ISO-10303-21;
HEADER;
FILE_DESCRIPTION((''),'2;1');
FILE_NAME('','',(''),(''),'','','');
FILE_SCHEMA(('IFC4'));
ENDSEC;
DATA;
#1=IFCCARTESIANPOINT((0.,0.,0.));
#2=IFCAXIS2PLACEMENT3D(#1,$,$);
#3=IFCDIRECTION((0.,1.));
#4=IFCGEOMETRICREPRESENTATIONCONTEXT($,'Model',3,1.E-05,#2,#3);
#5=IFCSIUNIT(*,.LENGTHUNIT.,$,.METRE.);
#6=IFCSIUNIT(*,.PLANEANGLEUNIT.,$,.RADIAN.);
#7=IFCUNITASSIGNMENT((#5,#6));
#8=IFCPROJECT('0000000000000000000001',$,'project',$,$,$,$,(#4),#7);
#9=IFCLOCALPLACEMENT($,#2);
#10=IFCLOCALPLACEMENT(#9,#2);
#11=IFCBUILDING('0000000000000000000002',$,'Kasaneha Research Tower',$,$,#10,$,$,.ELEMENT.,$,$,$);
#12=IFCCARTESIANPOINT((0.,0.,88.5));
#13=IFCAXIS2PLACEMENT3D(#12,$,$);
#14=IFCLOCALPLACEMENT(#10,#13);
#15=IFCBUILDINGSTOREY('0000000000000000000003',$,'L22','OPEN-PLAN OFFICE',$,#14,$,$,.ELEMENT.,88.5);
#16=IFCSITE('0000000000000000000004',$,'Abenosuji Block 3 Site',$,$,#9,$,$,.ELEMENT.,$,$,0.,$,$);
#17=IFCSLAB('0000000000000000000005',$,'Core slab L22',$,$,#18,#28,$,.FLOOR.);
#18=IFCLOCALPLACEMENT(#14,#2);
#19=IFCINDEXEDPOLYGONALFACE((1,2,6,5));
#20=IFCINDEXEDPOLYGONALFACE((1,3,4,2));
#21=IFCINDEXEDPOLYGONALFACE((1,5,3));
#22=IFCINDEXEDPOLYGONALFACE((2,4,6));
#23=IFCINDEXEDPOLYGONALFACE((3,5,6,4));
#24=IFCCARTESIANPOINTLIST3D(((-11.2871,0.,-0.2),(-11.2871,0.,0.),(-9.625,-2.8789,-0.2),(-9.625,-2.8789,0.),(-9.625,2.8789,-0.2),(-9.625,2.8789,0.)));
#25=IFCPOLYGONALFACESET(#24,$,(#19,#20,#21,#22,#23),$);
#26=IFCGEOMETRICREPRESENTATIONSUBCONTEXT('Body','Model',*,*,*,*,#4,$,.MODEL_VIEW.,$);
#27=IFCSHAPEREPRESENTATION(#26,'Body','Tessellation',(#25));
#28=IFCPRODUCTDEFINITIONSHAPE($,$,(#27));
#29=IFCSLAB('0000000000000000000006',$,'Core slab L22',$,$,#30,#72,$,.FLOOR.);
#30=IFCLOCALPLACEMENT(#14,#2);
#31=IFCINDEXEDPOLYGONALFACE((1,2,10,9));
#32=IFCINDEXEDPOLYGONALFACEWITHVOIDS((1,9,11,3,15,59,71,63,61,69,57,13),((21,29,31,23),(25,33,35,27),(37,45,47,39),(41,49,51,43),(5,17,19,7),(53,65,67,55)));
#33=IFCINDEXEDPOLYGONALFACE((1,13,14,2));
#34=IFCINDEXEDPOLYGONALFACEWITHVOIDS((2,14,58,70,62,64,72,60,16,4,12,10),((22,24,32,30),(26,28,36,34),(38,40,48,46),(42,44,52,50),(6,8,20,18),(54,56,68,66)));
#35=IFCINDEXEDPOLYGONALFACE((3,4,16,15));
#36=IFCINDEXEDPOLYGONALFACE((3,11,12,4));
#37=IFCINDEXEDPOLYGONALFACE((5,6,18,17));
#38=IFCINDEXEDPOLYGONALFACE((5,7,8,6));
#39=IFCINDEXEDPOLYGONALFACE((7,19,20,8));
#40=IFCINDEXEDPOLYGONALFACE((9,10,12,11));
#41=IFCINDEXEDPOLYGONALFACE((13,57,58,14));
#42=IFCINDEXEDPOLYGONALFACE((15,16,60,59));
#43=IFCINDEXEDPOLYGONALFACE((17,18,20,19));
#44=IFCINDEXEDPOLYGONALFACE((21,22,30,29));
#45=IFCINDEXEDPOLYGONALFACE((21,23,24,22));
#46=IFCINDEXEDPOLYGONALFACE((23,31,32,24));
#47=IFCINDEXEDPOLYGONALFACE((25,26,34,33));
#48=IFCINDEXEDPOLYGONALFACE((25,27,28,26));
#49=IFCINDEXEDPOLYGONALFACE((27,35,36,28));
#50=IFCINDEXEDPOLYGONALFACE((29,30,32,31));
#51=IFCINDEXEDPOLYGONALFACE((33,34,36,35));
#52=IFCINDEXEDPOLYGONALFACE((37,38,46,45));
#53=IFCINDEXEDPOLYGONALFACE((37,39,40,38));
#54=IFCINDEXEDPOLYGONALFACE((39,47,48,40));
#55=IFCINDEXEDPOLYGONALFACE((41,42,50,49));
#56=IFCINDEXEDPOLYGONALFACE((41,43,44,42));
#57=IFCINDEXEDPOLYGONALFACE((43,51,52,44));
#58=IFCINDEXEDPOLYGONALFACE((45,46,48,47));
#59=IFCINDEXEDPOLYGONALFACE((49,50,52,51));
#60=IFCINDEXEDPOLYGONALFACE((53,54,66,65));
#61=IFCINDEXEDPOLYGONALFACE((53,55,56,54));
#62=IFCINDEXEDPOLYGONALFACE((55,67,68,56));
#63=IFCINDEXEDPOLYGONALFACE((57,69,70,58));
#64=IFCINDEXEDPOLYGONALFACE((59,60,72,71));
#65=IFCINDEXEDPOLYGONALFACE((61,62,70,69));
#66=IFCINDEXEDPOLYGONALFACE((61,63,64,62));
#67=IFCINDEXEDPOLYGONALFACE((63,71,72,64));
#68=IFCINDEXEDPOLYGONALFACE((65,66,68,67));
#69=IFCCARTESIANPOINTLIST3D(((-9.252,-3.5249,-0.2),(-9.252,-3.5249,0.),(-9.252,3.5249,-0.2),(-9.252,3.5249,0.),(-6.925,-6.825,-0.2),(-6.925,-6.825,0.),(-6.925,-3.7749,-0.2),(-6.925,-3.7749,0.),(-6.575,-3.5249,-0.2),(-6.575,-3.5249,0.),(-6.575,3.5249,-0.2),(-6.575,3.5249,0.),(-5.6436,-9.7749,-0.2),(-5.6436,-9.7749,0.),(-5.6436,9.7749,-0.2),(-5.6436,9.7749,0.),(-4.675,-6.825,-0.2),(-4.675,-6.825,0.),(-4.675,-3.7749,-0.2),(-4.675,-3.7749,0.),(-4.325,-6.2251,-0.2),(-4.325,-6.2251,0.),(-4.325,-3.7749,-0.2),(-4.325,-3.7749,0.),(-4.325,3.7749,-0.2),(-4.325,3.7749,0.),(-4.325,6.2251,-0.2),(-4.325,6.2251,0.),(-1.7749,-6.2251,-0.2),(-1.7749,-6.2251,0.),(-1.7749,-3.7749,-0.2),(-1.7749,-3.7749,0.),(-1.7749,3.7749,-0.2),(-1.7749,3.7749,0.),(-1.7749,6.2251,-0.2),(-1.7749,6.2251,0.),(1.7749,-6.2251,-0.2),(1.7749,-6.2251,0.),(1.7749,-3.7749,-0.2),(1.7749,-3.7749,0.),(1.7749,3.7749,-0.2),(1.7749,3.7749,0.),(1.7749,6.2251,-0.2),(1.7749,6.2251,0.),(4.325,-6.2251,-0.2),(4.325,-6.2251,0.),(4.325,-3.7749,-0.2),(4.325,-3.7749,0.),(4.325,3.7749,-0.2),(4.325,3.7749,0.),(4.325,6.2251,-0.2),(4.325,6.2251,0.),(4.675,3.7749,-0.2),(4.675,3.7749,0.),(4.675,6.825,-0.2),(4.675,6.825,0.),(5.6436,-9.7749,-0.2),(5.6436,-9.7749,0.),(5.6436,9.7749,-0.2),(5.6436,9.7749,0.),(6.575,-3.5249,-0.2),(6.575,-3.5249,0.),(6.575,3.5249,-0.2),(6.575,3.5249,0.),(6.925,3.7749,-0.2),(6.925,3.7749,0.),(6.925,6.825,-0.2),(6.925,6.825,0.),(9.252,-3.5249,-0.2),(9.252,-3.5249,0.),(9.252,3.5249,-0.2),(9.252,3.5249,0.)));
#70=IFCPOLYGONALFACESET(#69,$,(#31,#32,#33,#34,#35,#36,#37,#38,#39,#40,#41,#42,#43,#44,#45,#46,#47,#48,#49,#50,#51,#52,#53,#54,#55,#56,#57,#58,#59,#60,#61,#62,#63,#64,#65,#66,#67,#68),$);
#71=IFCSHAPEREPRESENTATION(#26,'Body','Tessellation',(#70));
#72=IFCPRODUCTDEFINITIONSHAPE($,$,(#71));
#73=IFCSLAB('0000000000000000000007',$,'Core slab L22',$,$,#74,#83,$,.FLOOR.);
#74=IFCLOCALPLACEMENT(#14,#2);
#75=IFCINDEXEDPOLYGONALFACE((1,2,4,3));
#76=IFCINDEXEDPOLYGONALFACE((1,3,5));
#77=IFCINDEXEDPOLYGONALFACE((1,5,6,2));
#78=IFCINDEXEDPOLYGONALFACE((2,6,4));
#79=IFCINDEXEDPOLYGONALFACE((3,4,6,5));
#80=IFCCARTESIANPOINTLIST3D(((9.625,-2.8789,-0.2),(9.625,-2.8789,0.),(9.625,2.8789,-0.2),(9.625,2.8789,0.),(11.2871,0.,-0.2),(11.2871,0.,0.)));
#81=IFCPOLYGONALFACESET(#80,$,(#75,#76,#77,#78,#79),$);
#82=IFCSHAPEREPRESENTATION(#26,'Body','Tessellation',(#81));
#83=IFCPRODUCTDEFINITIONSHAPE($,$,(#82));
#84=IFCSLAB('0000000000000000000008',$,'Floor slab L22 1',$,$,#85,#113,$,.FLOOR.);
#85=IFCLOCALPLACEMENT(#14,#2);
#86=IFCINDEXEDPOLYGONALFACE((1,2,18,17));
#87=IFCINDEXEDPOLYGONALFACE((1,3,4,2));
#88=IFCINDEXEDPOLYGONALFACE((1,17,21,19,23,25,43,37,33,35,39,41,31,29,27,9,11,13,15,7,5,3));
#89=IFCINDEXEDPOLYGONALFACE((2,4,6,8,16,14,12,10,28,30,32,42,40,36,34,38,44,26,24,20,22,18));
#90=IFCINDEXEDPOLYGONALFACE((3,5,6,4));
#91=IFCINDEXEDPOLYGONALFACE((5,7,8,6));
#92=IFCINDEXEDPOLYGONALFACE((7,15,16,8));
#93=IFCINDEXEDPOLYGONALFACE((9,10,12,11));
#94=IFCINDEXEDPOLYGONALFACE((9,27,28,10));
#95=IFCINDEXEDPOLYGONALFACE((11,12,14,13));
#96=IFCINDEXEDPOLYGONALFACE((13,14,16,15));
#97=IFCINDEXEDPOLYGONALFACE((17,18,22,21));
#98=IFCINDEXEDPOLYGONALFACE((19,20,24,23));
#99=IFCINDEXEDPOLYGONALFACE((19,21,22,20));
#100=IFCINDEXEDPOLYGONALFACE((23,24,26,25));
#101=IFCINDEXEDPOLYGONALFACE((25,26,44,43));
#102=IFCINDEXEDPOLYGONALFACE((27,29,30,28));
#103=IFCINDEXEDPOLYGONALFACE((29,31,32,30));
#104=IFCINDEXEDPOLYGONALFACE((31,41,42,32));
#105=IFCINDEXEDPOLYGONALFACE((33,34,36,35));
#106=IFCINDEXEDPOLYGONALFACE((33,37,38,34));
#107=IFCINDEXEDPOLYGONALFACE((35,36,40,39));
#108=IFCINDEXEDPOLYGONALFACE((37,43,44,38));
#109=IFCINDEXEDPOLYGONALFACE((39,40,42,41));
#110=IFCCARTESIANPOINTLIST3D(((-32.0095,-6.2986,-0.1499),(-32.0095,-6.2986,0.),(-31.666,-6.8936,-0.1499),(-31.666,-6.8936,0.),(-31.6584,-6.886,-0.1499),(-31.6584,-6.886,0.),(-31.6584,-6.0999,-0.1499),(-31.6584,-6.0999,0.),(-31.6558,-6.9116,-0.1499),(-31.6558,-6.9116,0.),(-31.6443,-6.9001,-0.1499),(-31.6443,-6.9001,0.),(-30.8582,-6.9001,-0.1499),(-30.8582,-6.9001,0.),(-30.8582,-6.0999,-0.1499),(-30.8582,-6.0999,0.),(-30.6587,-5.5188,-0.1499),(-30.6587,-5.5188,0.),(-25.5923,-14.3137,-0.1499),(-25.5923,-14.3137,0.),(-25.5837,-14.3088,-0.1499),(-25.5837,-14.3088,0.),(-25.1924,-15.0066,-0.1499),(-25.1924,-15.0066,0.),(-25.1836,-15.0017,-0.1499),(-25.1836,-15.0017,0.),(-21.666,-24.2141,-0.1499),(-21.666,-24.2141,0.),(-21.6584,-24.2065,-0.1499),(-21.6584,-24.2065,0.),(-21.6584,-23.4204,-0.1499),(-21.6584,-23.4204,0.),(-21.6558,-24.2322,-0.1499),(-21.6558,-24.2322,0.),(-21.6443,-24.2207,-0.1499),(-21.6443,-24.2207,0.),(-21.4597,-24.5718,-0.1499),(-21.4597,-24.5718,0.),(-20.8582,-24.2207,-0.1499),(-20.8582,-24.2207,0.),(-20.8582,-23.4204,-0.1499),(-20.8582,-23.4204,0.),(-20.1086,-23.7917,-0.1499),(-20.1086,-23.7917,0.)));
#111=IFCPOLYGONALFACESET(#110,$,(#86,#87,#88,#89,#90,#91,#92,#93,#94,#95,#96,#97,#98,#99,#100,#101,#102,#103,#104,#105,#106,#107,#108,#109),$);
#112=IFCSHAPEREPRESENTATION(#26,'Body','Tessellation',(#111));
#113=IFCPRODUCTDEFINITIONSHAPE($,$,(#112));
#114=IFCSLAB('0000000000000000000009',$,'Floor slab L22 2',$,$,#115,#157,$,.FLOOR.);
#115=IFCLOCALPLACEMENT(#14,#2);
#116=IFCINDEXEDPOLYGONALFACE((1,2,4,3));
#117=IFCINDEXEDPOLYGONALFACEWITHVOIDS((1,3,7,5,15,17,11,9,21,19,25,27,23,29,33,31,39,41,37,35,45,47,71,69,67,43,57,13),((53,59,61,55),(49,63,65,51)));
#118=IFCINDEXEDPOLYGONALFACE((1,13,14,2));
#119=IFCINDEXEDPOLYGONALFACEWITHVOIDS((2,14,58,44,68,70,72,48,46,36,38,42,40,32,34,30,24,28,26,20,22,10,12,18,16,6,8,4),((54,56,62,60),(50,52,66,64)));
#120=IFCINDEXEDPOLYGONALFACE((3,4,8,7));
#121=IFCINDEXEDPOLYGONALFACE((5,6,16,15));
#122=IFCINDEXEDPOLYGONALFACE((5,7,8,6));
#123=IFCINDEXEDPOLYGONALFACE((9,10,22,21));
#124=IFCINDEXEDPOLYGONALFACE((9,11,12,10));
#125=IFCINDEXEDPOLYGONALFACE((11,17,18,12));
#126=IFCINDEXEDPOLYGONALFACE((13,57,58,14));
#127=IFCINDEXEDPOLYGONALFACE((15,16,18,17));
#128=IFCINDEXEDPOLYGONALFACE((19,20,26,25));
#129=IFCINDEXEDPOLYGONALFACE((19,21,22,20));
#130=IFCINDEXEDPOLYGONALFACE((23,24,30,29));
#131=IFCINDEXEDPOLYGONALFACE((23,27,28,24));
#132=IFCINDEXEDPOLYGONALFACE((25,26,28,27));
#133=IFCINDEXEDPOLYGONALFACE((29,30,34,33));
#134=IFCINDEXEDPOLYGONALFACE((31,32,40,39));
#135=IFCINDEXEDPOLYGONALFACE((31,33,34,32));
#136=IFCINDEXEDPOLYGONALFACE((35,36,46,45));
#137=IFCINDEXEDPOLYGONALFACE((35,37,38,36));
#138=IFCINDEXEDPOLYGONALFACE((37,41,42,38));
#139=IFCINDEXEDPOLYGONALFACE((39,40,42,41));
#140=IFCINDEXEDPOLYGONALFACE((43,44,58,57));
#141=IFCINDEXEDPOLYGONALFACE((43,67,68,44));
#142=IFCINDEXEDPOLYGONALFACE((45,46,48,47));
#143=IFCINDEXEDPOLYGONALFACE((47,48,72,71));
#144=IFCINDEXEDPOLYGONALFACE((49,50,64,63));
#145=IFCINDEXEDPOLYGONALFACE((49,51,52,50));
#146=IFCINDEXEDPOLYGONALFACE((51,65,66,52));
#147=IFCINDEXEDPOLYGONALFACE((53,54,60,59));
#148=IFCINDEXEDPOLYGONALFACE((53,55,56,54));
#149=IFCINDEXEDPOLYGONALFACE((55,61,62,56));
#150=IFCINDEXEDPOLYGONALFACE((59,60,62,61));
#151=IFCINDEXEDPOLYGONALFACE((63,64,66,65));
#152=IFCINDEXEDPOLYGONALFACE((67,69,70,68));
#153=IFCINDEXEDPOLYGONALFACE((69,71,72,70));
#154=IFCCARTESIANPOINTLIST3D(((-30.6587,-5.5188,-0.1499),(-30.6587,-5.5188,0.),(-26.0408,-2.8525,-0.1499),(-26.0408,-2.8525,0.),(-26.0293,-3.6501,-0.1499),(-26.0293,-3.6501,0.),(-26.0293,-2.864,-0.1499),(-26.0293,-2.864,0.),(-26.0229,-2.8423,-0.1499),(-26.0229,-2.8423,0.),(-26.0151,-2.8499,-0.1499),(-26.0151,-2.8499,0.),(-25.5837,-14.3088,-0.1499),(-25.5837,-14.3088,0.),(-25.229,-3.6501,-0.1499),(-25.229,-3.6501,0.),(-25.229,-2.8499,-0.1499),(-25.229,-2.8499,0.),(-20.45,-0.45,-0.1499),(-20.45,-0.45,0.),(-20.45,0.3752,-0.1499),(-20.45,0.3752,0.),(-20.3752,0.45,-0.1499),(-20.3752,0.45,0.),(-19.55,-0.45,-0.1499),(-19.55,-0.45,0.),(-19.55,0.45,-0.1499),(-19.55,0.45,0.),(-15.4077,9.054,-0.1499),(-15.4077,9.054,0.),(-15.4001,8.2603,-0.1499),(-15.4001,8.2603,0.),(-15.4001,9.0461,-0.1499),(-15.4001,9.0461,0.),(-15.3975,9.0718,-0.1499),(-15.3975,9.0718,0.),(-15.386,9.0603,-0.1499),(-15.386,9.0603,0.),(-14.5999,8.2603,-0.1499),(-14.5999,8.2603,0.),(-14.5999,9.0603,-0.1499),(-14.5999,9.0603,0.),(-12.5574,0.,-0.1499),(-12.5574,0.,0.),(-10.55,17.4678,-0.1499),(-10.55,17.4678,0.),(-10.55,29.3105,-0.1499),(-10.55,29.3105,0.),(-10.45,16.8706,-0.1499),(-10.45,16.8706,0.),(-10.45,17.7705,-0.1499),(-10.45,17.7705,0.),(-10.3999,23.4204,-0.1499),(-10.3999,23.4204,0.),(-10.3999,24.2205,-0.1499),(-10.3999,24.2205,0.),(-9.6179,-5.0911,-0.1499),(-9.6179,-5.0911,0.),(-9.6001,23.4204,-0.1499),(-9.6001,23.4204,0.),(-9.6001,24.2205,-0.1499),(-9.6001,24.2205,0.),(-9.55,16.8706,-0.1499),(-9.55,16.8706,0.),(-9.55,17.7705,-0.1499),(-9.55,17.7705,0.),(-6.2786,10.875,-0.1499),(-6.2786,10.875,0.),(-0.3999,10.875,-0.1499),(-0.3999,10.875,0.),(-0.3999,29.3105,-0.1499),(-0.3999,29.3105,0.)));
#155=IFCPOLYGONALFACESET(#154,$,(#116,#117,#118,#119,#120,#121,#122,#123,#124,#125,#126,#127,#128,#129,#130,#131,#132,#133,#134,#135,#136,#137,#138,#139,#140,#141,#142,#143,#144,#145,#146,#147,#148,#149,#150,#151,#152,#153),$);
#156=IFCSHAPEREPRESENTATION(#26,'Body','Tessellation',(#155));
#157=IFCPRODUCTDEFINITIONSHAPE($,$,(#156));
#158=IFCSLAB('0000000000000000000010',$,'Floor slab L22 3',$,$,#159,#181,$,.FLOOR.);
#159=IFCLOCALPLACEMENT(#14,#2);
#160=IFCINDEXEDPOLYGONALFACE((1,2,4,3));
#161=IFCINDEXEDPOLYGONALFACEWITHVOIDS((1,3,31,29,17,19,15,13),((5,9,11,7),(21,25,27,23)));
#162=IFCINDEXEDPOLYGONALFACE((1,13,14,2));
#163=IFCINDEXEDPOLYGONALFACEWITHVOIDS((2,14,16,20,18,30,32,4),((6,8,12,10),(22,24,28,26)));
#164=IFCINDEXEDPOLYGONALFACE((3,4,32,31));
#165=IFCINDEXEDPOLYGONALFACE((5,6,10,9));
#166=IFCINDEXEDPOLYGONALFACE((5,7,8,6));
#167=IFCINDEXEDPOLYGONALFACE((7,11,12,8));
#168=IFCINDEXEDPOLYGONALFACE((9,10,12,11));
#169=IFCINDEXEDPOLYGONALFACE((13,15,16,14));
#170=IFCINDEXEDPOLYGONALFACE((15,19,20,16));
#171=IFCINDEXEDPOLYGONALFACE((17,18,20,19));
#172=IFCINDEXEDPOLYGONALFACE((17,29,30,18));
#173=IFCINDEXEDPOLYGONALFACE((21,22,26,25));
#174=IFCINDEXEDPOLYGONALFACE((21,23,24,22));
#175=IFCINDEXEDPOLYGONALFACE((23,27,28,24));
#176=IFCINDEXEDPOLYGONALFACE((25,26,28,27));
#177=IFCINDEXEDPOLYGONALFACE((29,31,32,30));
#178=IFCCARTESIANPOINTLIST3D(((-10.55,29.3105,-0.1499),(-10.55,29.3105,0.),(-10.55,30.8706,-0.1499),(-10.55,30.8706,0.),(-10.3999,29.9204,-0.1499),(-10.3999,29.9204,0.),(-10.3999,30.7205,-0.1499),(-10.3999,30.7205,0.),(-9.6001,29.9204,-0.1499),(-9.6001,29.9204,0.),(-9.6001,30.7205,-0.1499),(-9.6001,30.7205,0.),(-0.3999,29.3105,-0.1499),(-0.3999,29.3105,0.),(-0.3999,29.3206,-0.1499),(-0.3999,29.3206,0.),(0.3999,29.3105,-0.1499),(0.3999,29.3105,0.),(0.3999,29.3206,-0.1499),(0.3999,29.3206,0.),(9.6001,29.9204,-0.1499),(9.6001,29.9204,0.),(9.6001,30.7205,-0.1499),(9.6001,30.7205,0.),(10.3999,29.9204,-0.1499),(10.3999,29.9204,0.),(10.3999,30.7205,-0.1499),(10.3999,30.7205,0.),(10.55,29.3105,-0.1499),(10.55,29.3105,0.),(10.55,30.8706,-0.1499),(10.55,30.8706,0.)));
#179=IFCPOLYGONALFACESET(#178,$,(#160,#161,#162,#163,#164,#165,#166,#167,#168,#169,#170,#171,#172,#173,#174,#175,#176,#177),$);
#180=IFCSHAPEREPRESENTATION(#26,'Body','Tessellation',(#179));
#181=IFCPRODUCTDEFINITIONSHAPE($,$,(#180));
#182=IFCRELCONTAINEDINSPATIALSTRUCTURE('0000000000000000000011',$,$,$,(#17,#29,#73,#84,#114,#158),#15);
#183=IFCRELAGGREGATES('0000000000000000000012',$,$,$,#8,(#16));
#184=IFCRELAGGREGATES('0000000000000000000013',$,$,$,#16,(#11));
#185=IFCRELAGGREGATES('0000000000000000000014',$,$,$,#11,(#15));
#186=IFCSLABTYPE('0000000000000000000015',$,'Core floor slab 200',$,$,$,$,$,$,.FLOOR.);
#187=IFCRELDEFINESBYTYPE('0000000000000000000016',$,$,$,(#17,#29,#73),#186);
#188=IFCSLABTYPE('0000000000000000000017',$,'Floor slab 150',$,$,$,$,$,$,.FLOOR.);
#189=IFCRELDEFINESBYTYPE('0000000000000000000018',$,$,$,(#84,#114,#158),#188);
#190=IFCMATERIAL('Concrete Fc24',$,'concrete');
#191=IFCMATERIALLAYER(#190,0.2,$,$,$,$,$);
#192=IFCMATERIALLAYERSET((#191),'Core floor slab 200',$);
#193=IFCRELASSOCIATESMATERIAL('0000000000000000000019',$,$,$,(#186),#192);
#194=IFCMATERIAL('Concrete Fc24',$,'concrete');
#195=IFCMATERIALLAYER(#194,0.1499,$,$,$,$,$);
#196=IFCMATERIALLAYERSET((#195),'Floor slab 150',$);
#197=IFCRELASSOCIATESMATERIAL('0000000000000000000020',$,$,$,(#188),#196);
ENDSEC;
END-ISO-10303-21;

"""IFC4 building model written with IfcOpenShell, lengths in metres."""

from ifc_helpers import new_model, si_unit, direction, frame, origin, place, context, subcontext, project, spatial, polyline, outline, extrude, material, layer, layer_set, type_object, element, save


model = new_model("IFC4")

# Units and contexts
model_context = context("Model", 3, precision=1e-05, world=origin(), true_north=direction((0.0, 1.0)))
body_context = subcontext(model_context, "Body", "Model", "MODEL_VIEW")
ifc_project = project(units=[si_unit("LENGTHUNIT", "METRE"), si_unit("PLANEANGLEUNIT", "RADIAN")], contexts=[model_context])

# Site, building, storey
site_placement = place(None, origin())
site = spatial("IfcSite", under=ifc_project, at=site_placement, Name="Abenosuji Block 3 Site", CompositionType="ELEMENT", RefElevation=0.0)
building_placement = place(site_placement, origin())
building = spatial("IfcBuilding", under=site, at=building_placement, Name="Kasaneha Research Tower", CompositionType="ELEMENT")
storey_placement = place(building_placement, frame((0.0, 0.0, 88.5)))
storey = spatial("IfcBuildingStorey", under=building, at=storey_placement, Name="L22", Description="OPEN-PLAN OFFICE", CompositionType="ELEMENT", Elevation=88.5)

# Slabs
ifc_material_1 = material(Name="Concrete Fc24", Category="concrete")
ifc_layer_1 = layer(ifc_material_1, 0.2)
ifc_layer_set_1 = layer_set([ifc_layer_1], Name="Core floor slab 200")
slab_type_1 = type_object("IfcSlabType", Name="Core floor slab 200", PredefinedType="FLOOR", material=ifc_layer_set_1)
slab_1_placement = place(storey_placement, frame((0.0, 0.0, -0.2)))
element("IfcSlab", 1, at=slab_1_placement, inside=storey, type_object=slab_type_1, Name="Core slab L22", PredefinedType="FLOOR", context=body_context, shape_type="SweptSolid", body=[
    extrude(outline(polyline([(-11.2871, 0.0), (-9.625, 2.8789), (-9.625, -2.8789), (-11.2871, 0.0)])), origin(), (0.0, 0.0, 1.0), 0.2),
])
slab_2_placement = place(storey_placement, frame((0.0, 0.0, -0.2)))
element("IfcSlab", 2, at=slab_2_placement, inside=storey, type_object=slab_type_1, Name="Core slab L22", PredefinedType="FLOOR", context=body_context, shape_type="SweptSolid", body=[
    extrude(outline(polyline([(-5.6436, 9.7749), (5.6436, 9.7749), (9.252, 3.5249), (6.575, 3.5249), (6.575, -3.5249), (9.252, -3.5249), (5.6436, -9.7749), (-5.6436, -9.7749), (-9.252, -3.5249), (-6.575, -3.5249), (-6.575, 3.5249), (-9.252, 3.5249), (-5.6436, 9.7749)]), holes=[polyline([(-6.925, -3.7749), (-6.925, -6.825), (-4.675, -6.825), (-4.675, -3.7749), (-6.925, -3.7749)]), polyline([(-4.325, -3.7749), (-4.325, -6.2251), (-1.7749, -6.2251), (-1.7749, -3.7749), (-4.325, -3.7749)]), polyline([(1.7749, -3.7749), (1.7749, -6.2251), (4.325, -6.2251), (4.325, -3.7749), (1.7749, -3.7749)]), polyline([(-4.325, 6.2251), (-4.325, 3.7749), (-1.7749, 3.7749), (-1.7749, 6.2251), (-4.325, 6.2251)]), polyline([(1.7749, 6.2251), (1.7749, 3.7749), (4.325, 3.7749), (4.325, 6.2251), (1.7749, 6.2251)]), polyline([(4.675, 6.825), (4.675, 3.7749), (6.925, 3.7749), (6.925, 6.825), (4.675, 6.825)])]), origin(), (0.0, 0.0, 1.0), 0.2),
])
slab_3_placement = place(storey_placement, frame((0.0, 0.0, -0.2)))
element("IfcSlab", 3, at=slab_3_placement, inside=storey, type_object=slab_type_1, Name="Core slab L22", PredefinedType="FLOOR", context=body_context, shape_type="SweptSolid", body=[
    extrude(outline(polyline([(11.2871, 0.0), (9.625, -2.8789), (9.625, 2.8789), (11.2871, 0.0)])), origin(), (0.0, 0.0, 1.0), 0.2),
])
ifc_material_2 = material(Name="Concrete Fc24", Category="concrete")
ifc_layer_2 = layer(ifc_material_2, 0.1499)
ifc_layer_set_2 = layer_set([ifc_layer_2], Name="Floor slab 150")
slab_type_2 = type_object("IfcSlabType", Name="Floor slab 150", PredefinedType="FLOOR", material=ifc_layer_set_2)
slab_4_placement = place(storey_placement, frame((0.0, 0.0, -0.1499)))
element("IfcSlab", 4, at=slab_4_placement, inside=storey, type_object=slab_type_2, Name="Floor slab L22 1", PredefinedType="FLOOR", context=body_context, shape_type="SweptSolid", body=[
    extrude(outline(polyline([(-25.1924, -15.0066), (-25.1836, -15.0017), (-20.1086, -23.7917), (-21.4597, -24.5718), (-21.6558, -24.2322), (-21.6443, -24.2207), (-20.8582, -24.2207), (-20.8582, -23.4204), (-21.6584, -23.4204), (-21.6584, -24.2065), (-21.666, -24.2141), (-31.6558, -6.9116), (-31.6443, -6.9001), (-30.8582, -6.9001), (-30.8582, -6.0999), (-31.6584, -6.0999), (-31.6584, -6.886), (-31.666, -6.8936), (-32.0095, -6.2986), (-30.6587, -5.5188), (-25.5837, -14.3088), (-25.5923, -14.3137), (-25.1924, -15.0066)])), origin(), (0.0, 0.0, 1.0), 0.1499),
])
slab_5_placement = place(storey_placement, frame((0.0, 0.0, -0.1499)))
element("IfcSlab", 5, at=slab_5_placement, inside=storey, type_object=slab_type_2, Name="Floor slab L22 2", PredefinedType="FLOOR", context=body_context, shape_type="SweptSolid", body=[
    extrude(outline(polyline([(-20.3752, 0.45), (-15.4077, 9.054), (-15.4001, 9.0461), (-15.4001, 8.2603), (-14.5999, 8.2603), (-14.5999, 9.0603), (-15.386, 9.0603), (-15.3975, 9.0718), (-10.55, 17.4678), (-10.55, 29.3105), (-0.3999, 29.3105), (-0.3999, 10.875), (-6.2786, 10.875), (-12.5574, 0.0), (-9.6179, -5.0911), (-25.5837, -14.3088), (-30.6587, -5.5188), (-26.0408, -2.8525), (-26.0293, -2.864), (-26.0293, -3.6501), (-25.229, -3.6501), (-25.229, -2.8499), (-26.0151, -2.8499), (-26.0229, -2.8423), (-20.45, 0.3752), (-20.45, -0.45), (-19.55, -0.45), (-19.55, 0.45), (-20.3752, 0.45)]), holes=[polyline([(-9.55, 17.7705), (-10.45, 17.7705), (-10.45, 16.8706), (-9.55, 16.8706), (-9.55, 17.7705)]), polyline([(-9.6001, 23.4204), (-9.6001, 24.2205), (-10.3999, 24.2205), (-10.3999, 23.4204), (-9.6001, 23.4204)])]), origin(), (0.0, 0.0, 1.0), 0.1499),
])
slab_6_placement = place(storey_placement, frame((0.0, 0.0, -0.1499)))
element("IfcSlab", 6, at=slab_6_placement, inside=storey, type_object=slab_type_2, Name="Floor slab L22 3", PredefinedType="FLOOR", context=body_context, shape_type="SweptSolid", body=[
    extrude(outline(polyline([(10.55, 29.3105), (0.3999, 29.3105), (0.3999, 29.3206), (-0.3999, 29.3206), (-0.3999, 29.3105), (-10.55, 29.3105), (-10.55, 30.8706), (10.55, 30.8706), (10.55, 29.3105)]), holes=[polyline([(-9.6001, 30.7205), (-10.3999, 30.7205), (-10.3999, 29.9204), (-9.6001, 29.9204), (-9.6001, 30.7205)]), polyline([(10.3999, 29.9204), (10.3999, 30.7205), (9.6001, 30.7205), (9.6001, 29.9204), (10.3999, 29.9204)])]), origin(), (0.0, 0.0, 1.0), 0.1499),
])

save(model, "model.ifc")
